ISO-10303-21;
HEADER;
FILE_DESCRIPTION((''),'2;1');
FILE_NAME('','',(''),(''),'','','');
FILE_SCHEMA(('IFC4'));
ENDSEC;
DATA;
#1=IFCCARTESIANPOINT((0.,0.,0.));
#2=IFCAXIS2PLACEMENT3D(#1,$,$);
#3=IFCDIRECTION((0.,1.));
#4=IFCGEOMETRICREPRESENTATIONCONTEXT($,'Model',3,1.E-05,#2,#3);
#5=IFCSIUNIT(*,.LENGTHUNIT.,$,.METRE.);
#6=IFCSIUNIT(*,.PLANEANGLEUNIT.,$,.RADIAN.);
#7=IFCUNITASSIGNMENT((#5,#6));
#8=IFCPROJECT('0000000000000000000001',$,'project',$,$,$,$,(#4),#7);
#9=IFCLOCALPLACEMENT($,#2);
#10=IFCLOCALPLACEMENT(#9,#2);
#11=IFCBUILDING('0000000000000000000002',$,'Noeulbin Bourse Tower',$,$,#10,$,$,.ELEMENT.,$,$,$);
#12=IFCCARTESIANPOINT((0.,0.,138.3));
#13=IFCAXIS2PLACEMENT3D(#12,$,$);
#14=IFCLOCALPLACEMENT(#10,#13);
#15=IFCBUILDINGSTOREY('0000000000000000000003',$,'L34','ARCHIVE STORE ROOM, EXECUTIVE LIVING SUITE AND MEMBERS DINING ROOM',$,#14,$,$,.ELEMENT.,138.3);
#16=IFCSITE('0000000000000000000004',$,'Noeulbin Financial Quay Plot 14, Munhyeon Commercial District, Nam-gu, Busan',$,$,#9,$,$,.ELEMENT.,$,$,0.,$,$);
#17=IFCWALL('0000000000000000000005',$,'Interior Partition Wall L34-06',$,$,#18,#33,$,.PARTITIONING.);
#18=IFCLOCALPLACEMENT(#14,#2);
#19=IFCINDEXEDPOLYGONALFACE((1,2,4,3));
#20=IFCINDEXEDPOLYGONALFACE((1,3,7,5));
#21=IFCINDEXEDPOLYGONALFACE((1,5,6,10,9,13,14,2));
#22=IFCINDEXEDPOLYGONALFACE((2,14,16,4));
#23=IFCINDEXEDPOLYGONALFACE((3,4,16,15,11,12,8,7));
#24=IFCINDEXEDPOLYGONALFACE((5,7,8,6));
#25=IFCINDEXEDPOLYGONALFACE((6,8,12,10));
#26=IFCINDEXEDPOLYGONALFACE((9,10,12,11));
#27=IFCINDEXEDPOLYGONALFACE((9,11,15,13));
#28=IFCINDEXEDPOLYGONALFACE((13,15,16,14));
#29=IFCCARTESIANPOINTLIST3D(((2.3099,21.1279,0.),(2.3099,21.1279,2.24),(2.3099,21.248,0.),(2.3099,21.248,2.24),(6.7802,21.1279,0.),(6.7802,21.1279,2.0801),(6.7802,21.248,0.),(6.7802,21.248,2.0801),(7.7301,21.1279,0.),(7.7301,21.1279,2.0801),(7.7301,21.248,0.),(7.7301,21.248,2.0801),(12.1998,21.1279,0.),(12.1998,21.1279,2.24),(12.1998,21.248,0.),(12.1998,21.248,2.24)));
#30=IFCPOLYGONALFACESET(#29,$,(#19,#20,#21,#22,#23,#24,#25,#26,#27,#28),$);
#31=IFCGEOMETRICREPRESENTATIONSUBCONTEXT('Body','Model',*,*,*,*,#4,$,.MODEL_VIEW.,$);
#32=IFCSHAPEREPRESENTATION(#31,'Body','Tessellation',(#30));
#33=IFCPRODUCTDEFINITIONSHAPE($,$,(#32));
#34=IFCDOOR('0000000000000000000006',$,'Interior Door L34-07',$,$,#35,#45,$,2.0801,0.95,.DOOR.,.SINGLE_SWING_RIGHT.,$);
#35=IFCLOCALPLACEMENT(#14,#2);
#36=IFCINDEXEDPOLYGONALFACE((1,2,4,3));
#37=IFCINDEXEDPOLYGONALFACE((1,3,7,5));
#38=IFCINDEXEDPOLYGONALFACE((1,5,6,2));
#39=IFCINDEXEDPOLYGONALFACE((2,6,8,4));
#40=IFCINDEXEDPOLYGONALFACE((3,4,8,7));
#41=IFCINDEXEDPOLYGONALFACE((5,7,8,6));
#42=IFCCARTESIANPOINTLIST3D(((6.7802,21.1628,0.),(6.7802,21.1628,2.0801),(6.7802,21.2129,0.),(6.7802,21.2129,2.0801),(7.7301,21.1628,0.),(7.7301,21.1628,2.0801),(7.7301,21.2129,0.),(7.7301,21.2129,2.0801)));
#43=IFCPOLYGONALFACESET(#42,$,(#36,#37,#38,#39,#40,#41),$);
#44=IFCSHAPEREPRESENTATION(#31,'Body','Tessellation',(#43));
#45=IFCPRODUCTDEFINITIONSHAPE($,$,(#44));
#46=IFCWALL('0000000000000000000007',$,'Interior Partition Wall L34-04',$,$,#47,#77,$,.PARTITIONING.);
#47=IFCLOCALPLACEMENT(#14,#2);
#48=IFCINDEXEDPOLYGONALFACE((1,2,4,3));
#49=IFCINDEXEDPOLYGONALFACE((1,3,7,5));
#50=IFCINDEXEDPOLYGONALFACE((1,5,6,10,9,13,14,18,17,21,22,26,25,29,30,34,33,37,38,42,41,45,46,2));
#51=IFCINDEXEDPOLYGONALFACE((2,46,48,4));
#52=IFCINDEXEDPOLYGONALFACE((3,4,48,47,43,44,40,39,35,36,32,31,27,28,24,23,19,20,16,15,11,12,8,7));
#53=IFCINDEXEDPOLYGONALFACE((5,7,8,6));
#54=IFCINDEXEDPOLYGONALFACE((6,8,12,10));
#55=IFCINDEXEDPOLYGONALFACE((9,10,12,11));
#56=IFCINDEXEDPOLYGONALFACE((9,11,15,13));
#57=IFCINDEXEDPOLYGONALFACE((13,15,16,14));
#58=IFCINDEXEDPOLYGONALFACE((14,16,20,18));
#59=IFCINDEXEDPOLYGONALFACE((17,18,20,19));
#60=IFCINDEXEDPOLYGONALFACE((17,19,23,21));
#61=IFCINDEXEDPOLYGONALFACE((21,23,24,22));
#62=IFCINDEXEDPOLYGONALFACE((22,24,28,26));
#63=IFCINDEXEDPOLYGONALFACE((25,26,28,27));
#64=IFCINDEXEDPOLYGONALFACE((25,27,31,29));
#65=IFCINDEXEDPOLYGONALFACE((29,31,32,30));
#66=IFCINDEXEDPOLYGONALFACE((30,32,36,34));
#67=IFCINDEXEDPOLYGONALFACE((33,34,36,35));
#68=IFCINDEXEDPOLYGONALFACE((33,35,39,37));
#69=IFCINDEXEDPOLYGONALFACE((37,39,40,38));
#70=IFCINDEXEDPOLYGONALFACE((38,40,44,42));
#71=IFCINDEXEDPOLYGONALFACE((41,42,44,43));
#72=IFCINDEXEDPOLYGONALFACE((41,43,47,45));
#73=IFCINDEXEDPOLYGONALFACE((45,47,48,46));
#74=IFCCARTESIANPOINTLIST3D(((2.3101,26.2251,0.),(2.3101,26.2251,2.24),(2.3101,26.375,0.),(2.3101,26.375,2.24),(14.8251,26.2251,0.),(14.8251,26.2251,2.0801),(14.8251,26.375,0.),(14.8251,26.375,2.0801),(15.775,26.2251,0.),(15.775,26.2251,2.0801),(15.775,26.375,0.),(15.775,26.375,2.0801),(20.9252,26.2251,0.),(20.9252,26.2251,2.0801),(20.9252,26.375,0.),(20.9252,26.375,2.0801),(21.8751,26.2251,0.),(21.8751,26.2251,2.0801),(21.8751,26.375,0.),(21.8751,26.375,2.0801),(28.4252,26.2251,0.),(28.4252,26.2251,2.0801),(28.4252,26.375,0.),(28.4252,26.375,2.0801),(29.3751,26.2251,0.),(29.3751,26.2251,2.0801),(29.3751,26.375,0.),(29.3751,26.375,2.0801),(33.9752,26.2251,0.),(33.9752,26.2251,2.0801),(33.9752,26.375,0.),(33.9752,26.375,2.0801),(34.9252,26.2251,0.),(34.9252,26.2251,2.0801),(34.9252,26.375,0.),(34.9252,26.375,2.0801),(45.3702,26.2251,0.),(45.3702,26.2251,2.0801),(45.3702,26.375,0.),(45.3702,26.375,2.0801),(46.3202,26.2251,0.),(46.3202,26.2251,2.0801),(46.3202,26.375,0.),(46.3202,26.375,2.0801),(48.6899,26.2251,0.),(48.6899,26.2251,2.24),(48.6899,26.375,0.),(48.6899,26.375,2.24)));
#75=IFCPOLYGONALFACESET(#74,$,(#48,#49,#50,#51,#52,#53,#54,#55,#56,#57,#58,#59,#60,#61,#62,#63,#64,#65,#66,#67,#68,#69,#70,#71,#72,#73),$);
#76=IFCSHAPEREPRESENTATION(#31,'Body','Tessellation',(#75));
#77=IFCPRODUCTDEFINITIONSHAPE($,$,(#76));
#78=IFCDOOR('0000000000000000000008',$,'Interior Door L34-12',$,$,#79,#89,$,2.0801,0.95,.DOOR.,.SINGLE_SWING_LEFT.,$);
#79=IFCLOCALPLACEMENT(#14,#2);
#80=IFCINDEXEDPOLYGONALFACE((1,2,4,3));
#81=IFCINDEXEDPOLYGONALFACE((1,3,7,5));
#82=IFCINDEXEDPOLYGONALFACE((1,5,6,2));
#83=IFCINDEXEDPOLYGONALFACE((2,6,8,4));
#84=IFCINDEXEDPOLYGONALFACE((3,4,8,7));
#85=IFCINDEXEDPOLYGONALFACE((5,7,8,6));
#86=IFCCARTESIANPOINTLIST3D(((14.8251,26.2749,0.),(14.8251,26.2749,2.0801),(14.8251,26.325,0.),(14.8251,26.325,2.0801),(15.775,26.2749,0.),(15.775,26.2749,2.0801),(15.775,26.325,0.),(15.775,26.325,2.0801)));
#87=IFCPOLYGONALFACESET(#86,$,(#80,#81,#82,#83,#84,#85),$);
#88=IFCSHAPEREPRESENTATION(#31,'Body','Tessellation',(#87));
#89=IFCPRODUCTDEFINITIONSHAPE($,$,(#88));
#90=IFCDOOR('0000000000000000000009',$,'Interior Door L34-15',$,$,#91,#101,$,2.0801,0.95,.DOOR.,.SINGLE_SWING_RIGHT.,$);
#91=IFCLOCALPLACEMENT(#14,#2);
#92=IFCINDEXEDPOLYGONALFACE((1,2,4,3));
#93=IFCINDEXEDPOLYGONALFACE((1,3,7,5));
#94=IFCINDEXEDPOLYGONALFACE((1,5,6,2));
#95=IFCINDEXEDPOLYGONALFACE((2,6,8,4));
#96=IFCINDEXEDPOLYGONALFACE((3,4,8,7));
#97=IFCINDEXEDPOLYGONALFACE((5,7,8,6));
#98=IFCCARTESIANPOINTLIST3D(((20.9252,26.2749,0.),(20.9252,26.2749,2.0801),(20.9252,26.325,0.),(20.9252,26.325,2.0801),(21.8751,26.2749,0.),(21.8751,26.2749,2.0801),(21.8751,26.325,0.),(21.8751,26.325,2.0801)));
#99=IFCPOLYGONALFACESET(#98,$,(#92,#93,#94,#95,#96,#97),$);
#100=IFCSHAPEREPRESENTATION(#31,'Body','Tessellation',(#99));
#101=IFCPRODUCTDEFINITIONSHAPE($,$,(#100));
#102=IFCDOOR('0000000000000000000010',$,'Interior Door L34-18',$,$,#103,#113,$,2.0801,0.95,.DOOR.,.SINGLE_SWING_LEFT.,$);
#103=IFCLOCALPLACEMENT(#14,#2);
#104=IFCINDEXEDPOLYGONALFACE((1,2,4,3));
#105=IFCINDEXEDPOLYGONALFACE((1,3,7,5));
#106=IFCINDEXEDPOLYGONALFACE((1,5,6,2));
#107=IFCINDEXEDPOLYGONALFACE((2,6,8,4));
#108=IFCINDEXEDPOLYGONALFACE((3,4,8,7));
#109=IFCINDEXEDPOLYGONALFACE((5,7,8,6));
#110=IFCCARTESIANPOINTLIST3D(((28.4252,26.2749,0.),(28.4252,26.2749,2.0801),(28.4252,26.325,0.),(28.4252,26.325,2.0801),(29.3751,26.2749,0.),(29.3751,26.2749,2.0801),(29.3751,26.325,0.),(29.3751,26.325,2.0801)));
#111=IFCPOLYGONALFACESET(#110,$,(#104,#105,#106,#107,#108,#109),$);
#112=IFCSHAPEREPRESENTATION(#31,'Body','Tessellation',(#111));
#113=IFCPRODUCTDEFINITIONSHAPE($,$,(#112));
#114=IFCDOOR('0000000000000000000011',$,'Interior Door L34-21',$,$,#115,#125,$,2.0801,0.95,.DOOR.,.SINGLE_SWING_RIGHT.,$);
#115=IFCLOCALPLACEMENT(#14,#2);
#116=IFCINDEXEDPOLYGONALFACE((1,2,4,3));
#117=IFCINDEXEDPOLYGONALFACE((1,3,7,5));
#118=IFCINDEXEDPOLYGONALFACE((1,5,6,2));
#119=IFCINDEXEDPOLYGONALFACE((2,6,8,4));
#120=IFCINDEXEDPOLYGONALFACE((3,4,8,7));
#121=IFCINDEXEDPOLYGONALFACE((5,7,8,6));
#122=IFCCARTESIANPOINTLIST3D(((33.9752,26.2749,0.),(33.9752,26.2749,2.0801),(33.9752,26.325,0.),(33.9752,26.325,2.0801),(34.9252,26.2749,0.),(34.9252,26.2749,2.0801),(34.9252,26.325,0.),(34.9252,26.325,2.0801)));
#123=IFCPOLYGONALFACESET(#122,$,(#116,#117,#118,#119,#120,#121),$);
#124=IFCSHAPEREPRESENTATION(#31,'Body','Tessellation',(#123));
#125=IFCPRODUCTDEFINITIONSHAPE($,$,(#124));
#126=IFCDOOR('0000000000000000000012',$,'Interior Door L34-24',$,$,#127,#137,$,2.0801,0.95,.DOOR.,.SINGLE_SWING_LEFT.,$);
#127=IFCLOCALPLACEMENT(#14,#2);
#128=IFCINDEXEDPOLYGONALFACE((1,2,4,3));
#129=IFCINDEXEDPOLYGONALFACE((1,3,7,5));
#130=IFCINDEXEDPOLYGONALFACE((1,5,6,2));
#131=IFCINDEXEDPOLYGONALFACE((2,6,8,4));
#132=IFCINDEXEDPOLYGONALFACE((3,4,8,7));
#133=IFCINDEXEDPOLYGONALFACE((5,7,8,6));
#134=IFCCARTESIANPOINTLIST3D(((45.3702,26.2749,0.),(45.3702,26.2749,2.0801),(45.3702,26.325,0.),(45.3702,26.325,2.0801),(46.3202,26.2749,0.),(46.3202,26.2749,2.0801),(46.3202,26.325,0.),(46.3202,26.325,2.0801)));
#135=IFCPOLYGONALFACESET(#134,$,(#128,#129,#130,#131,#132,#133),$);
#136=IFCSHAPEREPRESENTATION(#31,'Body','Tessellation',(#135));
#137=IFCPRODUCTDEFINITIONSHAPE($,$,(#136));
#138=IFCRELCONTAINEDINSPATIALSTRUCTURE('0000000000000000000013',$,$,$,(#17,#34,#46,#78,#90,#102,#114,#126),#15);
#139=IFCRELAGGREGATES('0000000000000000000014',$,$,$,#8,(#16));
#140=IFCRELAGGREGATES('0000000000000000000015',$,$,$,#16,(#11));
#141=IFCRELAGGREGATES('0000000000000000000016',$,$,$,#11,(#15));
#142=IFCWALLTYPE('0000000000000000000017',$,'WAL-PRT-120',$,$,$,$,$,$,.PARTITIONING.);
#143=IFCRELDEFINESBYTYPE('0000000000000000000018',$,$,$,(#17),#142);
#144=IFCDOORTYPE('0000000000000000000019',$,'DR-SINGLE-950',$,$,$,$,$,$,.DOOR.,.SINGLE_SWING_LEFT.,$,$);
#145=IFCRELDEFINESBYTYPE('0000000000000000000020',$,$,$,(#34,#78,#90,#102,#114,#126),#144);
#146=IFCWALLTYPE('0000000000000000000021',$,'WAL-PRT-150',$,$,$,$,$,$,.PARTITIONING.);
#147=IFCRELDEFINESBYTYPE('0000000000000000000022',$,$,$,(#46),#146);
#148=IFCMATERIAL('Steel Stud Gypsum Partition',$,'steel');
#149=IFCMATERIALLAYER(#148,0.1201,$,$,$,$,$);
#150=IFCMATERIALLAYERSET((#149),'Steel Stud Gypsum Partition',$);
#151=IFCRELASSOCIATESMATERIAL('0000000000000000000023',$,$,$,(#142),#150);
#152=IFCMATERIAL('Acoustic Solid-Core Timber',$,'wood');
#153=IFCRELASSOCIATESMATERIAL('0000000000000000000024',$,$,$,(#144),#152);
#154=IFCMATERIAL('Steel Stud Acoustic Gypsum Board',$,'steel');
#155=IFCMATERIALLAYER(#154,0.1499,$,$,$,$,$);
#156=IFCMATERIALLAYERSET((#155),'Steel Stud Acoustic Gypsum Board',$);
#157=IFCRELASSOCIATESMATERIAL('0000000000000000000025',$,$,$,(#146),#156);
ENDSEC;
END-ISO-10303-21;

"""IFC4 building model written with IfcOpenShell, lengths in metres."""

from ifc_helpers import new_model, si_unit, direction, frame, frame_2d, origin, place, context, subcontext, project, spatial, rectangle, extrude, material, layer, layer_set, type_object, element, fill, save


model = new_model("IFC4")

# Units and contexts
model_context = context("Model", 3, precision=1e-05, world=origin(), true_north=direction((0.0, 1.0)))
body_context = subcontext(model_context, "Body", "Model", "MODEL_VIEW")
ifc_project = project(units=[si_unit("LENGTHUNIT", "METRE"), si_unit("PLANEANGLEUNIT", "RADIAN")], contexts=[model_context])

# Site, building, storey
site_placement = place(None, origin())
site = spatial("IfcSite", under=ifc_project, at=site_placement, Name="Noeulbin Financial Quay Plot 14, Munhyeon Commercial District, Nam-gu, Busan", CompositionType="ELEMENT", RefElevation=0.0)
building_placement = place(site_placement, origin())
building = spatial("IfcBuilding", under=site, at=building_placement, Name="Noeulbin Bourse Tower", CompositionType="ELEMENT")
storey_placement = place(building_placement, frame((0.0, 0.0, 138.3)))
storey = spatial("IfcBuildingStorey", under=building, at=storey_placement, Name="L34", Description="ARCHIVE STORE ROOM, EXECUTIVE LIVING SUITE AND MEMBERS DINING ROOM", CompositionType="ELEMENT", Elevation=138.3)

# Wall, opening, door
ifc_material_1 = material(Name="Steel Stud Gypsum Partition", Category="steel")
ifc_layer_1 = layer(ifc_material_1, 0.1201)
ifc_layer_set_1 = layer_set([ifc_layer_1], Name="Steel Stud Gypsum Partition")
wall_type_1 = type_object("IfcWallType", Name="WAL-PRT-120", PredefinedType="PARTITIONING", material=ifc_layer_set_1)
wall_1_placement = place(storey_placement, frame((2.3101, 21.188, 0.0), z_axis=(0.0, 0.0, 1.0), x_axis=(1.0, 0.0, 0.0)))
wall_1 = element("IfcWall", 1, at=wall_1_placement, inside=storey, type_object=wall_type_1, Name="Interior Partition Wall L34-06", PredefinedType="PARTITIONING", context=body_context, shape_type="SweptSolid", body=[
    extrude(rectangle(XDim=9.8899, YDim=0.1201, at=frame_2d((4.9448, 0.0))), origin(), (0.0, 0.0, 1.0), 2.24),
])
opening_1_placement = place(wall_1_placement, frame((4.47, 0.0, 0.0)))
opening_1 = element("IfcOpeningElement", 2, at=opening_1_placement, cuts=wall_1, PredefinedType="OPENING", context=body_context, shape_type="SweptSolid", body=[
    extrude(rectangle(XDim=0.95, YDim=2.0801, at=frame_2d((0.4751, 1.04))), frame((0.0, 0.0701, 0.0), z_axis=(0.0, -1.0, 0.0), x_axis=(1.0, 0.0, 0.0)), (0.0, 0.0, 1.0), 0.1401),
])
ifc_material_2 = material(Name="Acoustic Solid-Core Timber", Category="wood")
door_type = type_object("IfcDoorType", Name="DR-SINGLE-950", OperationType="SINGLE_SWING_LEFT", PredefinedType="DOOR", material=ifc_material_2)
door_1_placement = place(opening_1_placement, origin())
door_1 = element("IfcDoor", 3, at=door_1_placement, inside=storey, type_object=door_type, Name="Interior Door L34-07", OperationType="SINGLE_SWING_RIGHT", OverallHeight=2.0801, OverallWidth=0.95, PredefinedType="DOOR", context=body_context, shape_type="SweptSolid", body=[
    extrude(rectangle(XDim=0.95, YDim=2.0801, at=frame_2d((0.4751, 1.04))), frame((0.0, 0.0249, 0.0), z_axis=(0.0, -1.0, 0.0), x_axis=(1.0, 0.0, 0.0)), (0.0, 0.0, 1.0), 0.05),
])
fill(opening_1, door_1)

# Wall, openings, doors
ifc_material_3 = material(Name="Steel Stud Acoustic Gypsum Board", Category="steel")
ifc_layer_2 = layer(ifc_material_3, 0.1499)
ifc_layer_set_2 = layer_set([ifc_layer_2], Name="Steel Stud Acoustic Gypsum Board")
wall_type_2 = type_object("IfcWallType", Name="WAL-PRT-150", PredefinedType="PARTITIONING", material=ifc_layer_set_2)
wall_2_placement = place(storey_placement, frame((2.3101, 26.3, 0.0), z_axis=(0.0, 0.0, 1.0), x_axis=(1.0, 0.0, 0.0)))
wall_2 = element("IfcWall", 4, at=wall_2_placement, inside=storey, type_object=wall_type_2, Name="Interior Partition Wall L34-04", PredefinedType="PARTITIONING", context=body_context, shape_type="SweptSolid", body=[
    extrude(rectangle(XDim=46.3799, YDim=0.1499, at=frame_2d((23.1899, 0.0))), origin(), (0.0, 0.0, 1.0), 2.24),
])
opening_2_placement = place(wall_2_placement, frame((12.5149, 0.0, 0.0)))
opening_2 = element("IfcOpeningElement", 5, at=opening_2_placement, cuts=wall_2, PredefinedType="OPENING", context=body_context, shape_type="SweptSolid", body=[
    extrude(rectangle(XDim=0.95, YDim=2.0801, at=frame_2d((0.4751, 1.04))), frame((0.0, 0.085, 0.0), z_axis=(0.0, -1.0, 0.0), x_axis=(1.0, 0.0, 0.0)), (0.0, 0.0, 1.0), 0.1699),
])
opening_3_placement = place(wall_2_placement, frame((18.615, 0.0, 0.0)))
opening_3 = element("IfcOpeningElement", 6, at=opening_3_placement, cuts=wall_2, PredefinedType="OPENING", context=body_context, shape_type="SweptSolid", body=[
    extrude(rectangle(XDim=0.95, YDim=2.0801, at=frame_2d((0.4751, 1.04))), frame((0.0, 0.085, 0.0), z_axis=(0.0, -1.0, 0.0), x_axis=(1.0, 0.0, 0.0)), (0.0, 0.0, 1.0), 0.1699),
])
opening_4_placement = place(wall_2_placement, frame((26.115, 0.0, 0.0)))
opening_4 = element("IfcOpeningElement", 7, at=opening_4_placement, cuts=wall_2, PredefinedType="OPENING", context=body_context, shape_type="SweptSolid", body=[
    extrude(rectangle(XDim=0.95, YDim=2.0801, at=frame_2d((0.4751, 1.04))), frame((0.0, 0.085, 0.0), z_axis=(0.0, -1.0, 0.0), x_axis=(1.0, 0.0, 0.0)), (0.0, 0.0, 1.0), 0.1699),
])
opening_5_placement = place(wall_2_placement, frame((31.665, 0.0, 0.0)))
opening_5 = element("IfcOpeningElement", 8, at=opening_5_placement, cuts=wall_2, PredefinedType="OPENING", context=body_context, shape_type="SweptSolid", body=[
    extrude(rectangle(XDim=0.95, YDim=2.0801, at=frame_2d((0.4751, 1.04))), frame((0.0, 0.085, 0.0), z_axis=(0.0, -1.0, 0.0), x_axis=(1.0, 0.0, 0.0)), (0.0, 0.0, 1.0), 0.1699),
])
opening_6_placement = place(wall_2_placement, frame((43.0601, 0.0, 0.0)))
opening_6 = element("IfcOpeningElement", 9, at=opening_6_placement, cuts=wall_2, PredefinedType="OPENING", context=body_context, shape_type="SweptSolid", body=[
    extrude(rectangle(XDim=0.95, YDim=2.0801, at=frame_2d((0.4751, 1.04))), frame((0.0, 0.085, 0.0), z_axis=(0.0, -1.0, 0.0), x_axis=(1.0, 0.0, 0.0)), (0.0, 0.0, 1.0), 0.1699),
])
door_2_placement = place(opening_2_placement, origin())
door_2 = element("IfcDoor", 10, at=door_2_placement, inside=storey, type_object=door_type, Name="Interior Door L34-12", OperationType="SINGLE_SWING_LEFT", OverallHeight=2.0801, OverallWidth=0.95, PredefinedType="DOOR", context=body_context, shape_type="SweptSolid", body=[
    extrude(rectangle(XDim=0.95, YDim=2.0801, at=frame_2d((0.4751, 1.04))), frame((0.0, 0.0249, 0.0), z_axis=(0.0, -1.0, 0.0), x_axis=(1.0, 0.0, 0.0)), (0.0, 0.0, 1.0), 0.05),
])
fill(opening_2, door_2)
door_3_placement = place(opening_3_placement, origin())
door_3 = element("IfcDoor", 11, at=door_3_placement, inside=storey, type_object=door_type, Name="Interior Door L34-15", OperationType="SINGLE_SWING_RIGHT", OverallHeight=2.0801, OverallWidth=0.95, PredefinedType="DOOR", context=body_context, shape_type="SweptSolid", body=[
    extrude(rectangle(XDim=0.95, YDim=2.0801, at=frame_2d((0.4751, 1.04))), frame((0.0, 0.0249, 0.0), z_axis=(0.0, -1.0, 0.0), x_axis=(1.0, 0.0, 0.0)), (0.0, 0.0, 1.0), 0.05),
])
fill(opening_3, door_3)
door_4_placement = place(opening_4_placement, origin())
door_4 = element("IfcDoor", 12, at=door_4_placement, inside=storey, type_object=door_type, Name="Interior Door L34-18", OperationType="SINGLE_SWING_LEFT", OverallHeight=2.0801, OverallWidth=0.95, PredefinedType="DOOR", context=body_context, shape_type="SweptSolid", body=[
    extrude(rectangle(XDim=0.95, YDim=2.0801, at=frame_2d((0.4751, 1.04))), frame((0.0, 0.0249, 0.0), z_axis=(0.0, -1.0, 0.0), x_axis=(1.0, 0.0, 0.0)), (0.0, 0.0, 1.0), 0.05),
])
fill(opening_4, door_4)
door_5_placement = place(opening_5_placement, origin())
door_5 = element("IfcDoor", 13, at=door_5_placement, inside=storey, type_object=door_type, Name="Interior Door L34-21", OperationType="SINGLE_SWING_RIGHT", OverallHeight=2.0801, OverallWidth=0.95, PredefinedType="DOOR", context=body_context, shape_type="SweptSolid", body=[
    extrude(rectangle(XDim=0.95, YDim=2.0801, at=frame_2d((0.4751, 1.04))), frame((0.0, 0.0249, 0.0), z_axis=(0.0, -1.0, 0.0), x_axis=(1.0, 0.0, 0.0)), (0.0, 0.0, 1.0), 0.05),
])
fill(opening_5, door_5)
door_6_placement = place(opening_6_placement, origin())
door_6 = element("IfcDoor", 14, at=door_6_placement, inside=storey, type_object=door_type, Name="Interior Door L34-24", OperationType="SINGLE_SWING_LEFT", OverallHeight=2.0801, OverallWidth=0.95, PredefinedType="DOOR", context=body_context, shape_type="SweptSolid", body=[
    extrude(rectangle(XDim=0.95, YDim=2.0801, at=frame_2d((0.4751, 1.04))), frame((0.0, 0.0249, 0.0), z_axis=(0.0, -1.0, 0.0), x_axis=(1.0, 0.0, 0.0)), (0.0, 0.0, 1.0), 0.05),
])
fill(opening_6, door_6)

save(model, "model.ifc")
